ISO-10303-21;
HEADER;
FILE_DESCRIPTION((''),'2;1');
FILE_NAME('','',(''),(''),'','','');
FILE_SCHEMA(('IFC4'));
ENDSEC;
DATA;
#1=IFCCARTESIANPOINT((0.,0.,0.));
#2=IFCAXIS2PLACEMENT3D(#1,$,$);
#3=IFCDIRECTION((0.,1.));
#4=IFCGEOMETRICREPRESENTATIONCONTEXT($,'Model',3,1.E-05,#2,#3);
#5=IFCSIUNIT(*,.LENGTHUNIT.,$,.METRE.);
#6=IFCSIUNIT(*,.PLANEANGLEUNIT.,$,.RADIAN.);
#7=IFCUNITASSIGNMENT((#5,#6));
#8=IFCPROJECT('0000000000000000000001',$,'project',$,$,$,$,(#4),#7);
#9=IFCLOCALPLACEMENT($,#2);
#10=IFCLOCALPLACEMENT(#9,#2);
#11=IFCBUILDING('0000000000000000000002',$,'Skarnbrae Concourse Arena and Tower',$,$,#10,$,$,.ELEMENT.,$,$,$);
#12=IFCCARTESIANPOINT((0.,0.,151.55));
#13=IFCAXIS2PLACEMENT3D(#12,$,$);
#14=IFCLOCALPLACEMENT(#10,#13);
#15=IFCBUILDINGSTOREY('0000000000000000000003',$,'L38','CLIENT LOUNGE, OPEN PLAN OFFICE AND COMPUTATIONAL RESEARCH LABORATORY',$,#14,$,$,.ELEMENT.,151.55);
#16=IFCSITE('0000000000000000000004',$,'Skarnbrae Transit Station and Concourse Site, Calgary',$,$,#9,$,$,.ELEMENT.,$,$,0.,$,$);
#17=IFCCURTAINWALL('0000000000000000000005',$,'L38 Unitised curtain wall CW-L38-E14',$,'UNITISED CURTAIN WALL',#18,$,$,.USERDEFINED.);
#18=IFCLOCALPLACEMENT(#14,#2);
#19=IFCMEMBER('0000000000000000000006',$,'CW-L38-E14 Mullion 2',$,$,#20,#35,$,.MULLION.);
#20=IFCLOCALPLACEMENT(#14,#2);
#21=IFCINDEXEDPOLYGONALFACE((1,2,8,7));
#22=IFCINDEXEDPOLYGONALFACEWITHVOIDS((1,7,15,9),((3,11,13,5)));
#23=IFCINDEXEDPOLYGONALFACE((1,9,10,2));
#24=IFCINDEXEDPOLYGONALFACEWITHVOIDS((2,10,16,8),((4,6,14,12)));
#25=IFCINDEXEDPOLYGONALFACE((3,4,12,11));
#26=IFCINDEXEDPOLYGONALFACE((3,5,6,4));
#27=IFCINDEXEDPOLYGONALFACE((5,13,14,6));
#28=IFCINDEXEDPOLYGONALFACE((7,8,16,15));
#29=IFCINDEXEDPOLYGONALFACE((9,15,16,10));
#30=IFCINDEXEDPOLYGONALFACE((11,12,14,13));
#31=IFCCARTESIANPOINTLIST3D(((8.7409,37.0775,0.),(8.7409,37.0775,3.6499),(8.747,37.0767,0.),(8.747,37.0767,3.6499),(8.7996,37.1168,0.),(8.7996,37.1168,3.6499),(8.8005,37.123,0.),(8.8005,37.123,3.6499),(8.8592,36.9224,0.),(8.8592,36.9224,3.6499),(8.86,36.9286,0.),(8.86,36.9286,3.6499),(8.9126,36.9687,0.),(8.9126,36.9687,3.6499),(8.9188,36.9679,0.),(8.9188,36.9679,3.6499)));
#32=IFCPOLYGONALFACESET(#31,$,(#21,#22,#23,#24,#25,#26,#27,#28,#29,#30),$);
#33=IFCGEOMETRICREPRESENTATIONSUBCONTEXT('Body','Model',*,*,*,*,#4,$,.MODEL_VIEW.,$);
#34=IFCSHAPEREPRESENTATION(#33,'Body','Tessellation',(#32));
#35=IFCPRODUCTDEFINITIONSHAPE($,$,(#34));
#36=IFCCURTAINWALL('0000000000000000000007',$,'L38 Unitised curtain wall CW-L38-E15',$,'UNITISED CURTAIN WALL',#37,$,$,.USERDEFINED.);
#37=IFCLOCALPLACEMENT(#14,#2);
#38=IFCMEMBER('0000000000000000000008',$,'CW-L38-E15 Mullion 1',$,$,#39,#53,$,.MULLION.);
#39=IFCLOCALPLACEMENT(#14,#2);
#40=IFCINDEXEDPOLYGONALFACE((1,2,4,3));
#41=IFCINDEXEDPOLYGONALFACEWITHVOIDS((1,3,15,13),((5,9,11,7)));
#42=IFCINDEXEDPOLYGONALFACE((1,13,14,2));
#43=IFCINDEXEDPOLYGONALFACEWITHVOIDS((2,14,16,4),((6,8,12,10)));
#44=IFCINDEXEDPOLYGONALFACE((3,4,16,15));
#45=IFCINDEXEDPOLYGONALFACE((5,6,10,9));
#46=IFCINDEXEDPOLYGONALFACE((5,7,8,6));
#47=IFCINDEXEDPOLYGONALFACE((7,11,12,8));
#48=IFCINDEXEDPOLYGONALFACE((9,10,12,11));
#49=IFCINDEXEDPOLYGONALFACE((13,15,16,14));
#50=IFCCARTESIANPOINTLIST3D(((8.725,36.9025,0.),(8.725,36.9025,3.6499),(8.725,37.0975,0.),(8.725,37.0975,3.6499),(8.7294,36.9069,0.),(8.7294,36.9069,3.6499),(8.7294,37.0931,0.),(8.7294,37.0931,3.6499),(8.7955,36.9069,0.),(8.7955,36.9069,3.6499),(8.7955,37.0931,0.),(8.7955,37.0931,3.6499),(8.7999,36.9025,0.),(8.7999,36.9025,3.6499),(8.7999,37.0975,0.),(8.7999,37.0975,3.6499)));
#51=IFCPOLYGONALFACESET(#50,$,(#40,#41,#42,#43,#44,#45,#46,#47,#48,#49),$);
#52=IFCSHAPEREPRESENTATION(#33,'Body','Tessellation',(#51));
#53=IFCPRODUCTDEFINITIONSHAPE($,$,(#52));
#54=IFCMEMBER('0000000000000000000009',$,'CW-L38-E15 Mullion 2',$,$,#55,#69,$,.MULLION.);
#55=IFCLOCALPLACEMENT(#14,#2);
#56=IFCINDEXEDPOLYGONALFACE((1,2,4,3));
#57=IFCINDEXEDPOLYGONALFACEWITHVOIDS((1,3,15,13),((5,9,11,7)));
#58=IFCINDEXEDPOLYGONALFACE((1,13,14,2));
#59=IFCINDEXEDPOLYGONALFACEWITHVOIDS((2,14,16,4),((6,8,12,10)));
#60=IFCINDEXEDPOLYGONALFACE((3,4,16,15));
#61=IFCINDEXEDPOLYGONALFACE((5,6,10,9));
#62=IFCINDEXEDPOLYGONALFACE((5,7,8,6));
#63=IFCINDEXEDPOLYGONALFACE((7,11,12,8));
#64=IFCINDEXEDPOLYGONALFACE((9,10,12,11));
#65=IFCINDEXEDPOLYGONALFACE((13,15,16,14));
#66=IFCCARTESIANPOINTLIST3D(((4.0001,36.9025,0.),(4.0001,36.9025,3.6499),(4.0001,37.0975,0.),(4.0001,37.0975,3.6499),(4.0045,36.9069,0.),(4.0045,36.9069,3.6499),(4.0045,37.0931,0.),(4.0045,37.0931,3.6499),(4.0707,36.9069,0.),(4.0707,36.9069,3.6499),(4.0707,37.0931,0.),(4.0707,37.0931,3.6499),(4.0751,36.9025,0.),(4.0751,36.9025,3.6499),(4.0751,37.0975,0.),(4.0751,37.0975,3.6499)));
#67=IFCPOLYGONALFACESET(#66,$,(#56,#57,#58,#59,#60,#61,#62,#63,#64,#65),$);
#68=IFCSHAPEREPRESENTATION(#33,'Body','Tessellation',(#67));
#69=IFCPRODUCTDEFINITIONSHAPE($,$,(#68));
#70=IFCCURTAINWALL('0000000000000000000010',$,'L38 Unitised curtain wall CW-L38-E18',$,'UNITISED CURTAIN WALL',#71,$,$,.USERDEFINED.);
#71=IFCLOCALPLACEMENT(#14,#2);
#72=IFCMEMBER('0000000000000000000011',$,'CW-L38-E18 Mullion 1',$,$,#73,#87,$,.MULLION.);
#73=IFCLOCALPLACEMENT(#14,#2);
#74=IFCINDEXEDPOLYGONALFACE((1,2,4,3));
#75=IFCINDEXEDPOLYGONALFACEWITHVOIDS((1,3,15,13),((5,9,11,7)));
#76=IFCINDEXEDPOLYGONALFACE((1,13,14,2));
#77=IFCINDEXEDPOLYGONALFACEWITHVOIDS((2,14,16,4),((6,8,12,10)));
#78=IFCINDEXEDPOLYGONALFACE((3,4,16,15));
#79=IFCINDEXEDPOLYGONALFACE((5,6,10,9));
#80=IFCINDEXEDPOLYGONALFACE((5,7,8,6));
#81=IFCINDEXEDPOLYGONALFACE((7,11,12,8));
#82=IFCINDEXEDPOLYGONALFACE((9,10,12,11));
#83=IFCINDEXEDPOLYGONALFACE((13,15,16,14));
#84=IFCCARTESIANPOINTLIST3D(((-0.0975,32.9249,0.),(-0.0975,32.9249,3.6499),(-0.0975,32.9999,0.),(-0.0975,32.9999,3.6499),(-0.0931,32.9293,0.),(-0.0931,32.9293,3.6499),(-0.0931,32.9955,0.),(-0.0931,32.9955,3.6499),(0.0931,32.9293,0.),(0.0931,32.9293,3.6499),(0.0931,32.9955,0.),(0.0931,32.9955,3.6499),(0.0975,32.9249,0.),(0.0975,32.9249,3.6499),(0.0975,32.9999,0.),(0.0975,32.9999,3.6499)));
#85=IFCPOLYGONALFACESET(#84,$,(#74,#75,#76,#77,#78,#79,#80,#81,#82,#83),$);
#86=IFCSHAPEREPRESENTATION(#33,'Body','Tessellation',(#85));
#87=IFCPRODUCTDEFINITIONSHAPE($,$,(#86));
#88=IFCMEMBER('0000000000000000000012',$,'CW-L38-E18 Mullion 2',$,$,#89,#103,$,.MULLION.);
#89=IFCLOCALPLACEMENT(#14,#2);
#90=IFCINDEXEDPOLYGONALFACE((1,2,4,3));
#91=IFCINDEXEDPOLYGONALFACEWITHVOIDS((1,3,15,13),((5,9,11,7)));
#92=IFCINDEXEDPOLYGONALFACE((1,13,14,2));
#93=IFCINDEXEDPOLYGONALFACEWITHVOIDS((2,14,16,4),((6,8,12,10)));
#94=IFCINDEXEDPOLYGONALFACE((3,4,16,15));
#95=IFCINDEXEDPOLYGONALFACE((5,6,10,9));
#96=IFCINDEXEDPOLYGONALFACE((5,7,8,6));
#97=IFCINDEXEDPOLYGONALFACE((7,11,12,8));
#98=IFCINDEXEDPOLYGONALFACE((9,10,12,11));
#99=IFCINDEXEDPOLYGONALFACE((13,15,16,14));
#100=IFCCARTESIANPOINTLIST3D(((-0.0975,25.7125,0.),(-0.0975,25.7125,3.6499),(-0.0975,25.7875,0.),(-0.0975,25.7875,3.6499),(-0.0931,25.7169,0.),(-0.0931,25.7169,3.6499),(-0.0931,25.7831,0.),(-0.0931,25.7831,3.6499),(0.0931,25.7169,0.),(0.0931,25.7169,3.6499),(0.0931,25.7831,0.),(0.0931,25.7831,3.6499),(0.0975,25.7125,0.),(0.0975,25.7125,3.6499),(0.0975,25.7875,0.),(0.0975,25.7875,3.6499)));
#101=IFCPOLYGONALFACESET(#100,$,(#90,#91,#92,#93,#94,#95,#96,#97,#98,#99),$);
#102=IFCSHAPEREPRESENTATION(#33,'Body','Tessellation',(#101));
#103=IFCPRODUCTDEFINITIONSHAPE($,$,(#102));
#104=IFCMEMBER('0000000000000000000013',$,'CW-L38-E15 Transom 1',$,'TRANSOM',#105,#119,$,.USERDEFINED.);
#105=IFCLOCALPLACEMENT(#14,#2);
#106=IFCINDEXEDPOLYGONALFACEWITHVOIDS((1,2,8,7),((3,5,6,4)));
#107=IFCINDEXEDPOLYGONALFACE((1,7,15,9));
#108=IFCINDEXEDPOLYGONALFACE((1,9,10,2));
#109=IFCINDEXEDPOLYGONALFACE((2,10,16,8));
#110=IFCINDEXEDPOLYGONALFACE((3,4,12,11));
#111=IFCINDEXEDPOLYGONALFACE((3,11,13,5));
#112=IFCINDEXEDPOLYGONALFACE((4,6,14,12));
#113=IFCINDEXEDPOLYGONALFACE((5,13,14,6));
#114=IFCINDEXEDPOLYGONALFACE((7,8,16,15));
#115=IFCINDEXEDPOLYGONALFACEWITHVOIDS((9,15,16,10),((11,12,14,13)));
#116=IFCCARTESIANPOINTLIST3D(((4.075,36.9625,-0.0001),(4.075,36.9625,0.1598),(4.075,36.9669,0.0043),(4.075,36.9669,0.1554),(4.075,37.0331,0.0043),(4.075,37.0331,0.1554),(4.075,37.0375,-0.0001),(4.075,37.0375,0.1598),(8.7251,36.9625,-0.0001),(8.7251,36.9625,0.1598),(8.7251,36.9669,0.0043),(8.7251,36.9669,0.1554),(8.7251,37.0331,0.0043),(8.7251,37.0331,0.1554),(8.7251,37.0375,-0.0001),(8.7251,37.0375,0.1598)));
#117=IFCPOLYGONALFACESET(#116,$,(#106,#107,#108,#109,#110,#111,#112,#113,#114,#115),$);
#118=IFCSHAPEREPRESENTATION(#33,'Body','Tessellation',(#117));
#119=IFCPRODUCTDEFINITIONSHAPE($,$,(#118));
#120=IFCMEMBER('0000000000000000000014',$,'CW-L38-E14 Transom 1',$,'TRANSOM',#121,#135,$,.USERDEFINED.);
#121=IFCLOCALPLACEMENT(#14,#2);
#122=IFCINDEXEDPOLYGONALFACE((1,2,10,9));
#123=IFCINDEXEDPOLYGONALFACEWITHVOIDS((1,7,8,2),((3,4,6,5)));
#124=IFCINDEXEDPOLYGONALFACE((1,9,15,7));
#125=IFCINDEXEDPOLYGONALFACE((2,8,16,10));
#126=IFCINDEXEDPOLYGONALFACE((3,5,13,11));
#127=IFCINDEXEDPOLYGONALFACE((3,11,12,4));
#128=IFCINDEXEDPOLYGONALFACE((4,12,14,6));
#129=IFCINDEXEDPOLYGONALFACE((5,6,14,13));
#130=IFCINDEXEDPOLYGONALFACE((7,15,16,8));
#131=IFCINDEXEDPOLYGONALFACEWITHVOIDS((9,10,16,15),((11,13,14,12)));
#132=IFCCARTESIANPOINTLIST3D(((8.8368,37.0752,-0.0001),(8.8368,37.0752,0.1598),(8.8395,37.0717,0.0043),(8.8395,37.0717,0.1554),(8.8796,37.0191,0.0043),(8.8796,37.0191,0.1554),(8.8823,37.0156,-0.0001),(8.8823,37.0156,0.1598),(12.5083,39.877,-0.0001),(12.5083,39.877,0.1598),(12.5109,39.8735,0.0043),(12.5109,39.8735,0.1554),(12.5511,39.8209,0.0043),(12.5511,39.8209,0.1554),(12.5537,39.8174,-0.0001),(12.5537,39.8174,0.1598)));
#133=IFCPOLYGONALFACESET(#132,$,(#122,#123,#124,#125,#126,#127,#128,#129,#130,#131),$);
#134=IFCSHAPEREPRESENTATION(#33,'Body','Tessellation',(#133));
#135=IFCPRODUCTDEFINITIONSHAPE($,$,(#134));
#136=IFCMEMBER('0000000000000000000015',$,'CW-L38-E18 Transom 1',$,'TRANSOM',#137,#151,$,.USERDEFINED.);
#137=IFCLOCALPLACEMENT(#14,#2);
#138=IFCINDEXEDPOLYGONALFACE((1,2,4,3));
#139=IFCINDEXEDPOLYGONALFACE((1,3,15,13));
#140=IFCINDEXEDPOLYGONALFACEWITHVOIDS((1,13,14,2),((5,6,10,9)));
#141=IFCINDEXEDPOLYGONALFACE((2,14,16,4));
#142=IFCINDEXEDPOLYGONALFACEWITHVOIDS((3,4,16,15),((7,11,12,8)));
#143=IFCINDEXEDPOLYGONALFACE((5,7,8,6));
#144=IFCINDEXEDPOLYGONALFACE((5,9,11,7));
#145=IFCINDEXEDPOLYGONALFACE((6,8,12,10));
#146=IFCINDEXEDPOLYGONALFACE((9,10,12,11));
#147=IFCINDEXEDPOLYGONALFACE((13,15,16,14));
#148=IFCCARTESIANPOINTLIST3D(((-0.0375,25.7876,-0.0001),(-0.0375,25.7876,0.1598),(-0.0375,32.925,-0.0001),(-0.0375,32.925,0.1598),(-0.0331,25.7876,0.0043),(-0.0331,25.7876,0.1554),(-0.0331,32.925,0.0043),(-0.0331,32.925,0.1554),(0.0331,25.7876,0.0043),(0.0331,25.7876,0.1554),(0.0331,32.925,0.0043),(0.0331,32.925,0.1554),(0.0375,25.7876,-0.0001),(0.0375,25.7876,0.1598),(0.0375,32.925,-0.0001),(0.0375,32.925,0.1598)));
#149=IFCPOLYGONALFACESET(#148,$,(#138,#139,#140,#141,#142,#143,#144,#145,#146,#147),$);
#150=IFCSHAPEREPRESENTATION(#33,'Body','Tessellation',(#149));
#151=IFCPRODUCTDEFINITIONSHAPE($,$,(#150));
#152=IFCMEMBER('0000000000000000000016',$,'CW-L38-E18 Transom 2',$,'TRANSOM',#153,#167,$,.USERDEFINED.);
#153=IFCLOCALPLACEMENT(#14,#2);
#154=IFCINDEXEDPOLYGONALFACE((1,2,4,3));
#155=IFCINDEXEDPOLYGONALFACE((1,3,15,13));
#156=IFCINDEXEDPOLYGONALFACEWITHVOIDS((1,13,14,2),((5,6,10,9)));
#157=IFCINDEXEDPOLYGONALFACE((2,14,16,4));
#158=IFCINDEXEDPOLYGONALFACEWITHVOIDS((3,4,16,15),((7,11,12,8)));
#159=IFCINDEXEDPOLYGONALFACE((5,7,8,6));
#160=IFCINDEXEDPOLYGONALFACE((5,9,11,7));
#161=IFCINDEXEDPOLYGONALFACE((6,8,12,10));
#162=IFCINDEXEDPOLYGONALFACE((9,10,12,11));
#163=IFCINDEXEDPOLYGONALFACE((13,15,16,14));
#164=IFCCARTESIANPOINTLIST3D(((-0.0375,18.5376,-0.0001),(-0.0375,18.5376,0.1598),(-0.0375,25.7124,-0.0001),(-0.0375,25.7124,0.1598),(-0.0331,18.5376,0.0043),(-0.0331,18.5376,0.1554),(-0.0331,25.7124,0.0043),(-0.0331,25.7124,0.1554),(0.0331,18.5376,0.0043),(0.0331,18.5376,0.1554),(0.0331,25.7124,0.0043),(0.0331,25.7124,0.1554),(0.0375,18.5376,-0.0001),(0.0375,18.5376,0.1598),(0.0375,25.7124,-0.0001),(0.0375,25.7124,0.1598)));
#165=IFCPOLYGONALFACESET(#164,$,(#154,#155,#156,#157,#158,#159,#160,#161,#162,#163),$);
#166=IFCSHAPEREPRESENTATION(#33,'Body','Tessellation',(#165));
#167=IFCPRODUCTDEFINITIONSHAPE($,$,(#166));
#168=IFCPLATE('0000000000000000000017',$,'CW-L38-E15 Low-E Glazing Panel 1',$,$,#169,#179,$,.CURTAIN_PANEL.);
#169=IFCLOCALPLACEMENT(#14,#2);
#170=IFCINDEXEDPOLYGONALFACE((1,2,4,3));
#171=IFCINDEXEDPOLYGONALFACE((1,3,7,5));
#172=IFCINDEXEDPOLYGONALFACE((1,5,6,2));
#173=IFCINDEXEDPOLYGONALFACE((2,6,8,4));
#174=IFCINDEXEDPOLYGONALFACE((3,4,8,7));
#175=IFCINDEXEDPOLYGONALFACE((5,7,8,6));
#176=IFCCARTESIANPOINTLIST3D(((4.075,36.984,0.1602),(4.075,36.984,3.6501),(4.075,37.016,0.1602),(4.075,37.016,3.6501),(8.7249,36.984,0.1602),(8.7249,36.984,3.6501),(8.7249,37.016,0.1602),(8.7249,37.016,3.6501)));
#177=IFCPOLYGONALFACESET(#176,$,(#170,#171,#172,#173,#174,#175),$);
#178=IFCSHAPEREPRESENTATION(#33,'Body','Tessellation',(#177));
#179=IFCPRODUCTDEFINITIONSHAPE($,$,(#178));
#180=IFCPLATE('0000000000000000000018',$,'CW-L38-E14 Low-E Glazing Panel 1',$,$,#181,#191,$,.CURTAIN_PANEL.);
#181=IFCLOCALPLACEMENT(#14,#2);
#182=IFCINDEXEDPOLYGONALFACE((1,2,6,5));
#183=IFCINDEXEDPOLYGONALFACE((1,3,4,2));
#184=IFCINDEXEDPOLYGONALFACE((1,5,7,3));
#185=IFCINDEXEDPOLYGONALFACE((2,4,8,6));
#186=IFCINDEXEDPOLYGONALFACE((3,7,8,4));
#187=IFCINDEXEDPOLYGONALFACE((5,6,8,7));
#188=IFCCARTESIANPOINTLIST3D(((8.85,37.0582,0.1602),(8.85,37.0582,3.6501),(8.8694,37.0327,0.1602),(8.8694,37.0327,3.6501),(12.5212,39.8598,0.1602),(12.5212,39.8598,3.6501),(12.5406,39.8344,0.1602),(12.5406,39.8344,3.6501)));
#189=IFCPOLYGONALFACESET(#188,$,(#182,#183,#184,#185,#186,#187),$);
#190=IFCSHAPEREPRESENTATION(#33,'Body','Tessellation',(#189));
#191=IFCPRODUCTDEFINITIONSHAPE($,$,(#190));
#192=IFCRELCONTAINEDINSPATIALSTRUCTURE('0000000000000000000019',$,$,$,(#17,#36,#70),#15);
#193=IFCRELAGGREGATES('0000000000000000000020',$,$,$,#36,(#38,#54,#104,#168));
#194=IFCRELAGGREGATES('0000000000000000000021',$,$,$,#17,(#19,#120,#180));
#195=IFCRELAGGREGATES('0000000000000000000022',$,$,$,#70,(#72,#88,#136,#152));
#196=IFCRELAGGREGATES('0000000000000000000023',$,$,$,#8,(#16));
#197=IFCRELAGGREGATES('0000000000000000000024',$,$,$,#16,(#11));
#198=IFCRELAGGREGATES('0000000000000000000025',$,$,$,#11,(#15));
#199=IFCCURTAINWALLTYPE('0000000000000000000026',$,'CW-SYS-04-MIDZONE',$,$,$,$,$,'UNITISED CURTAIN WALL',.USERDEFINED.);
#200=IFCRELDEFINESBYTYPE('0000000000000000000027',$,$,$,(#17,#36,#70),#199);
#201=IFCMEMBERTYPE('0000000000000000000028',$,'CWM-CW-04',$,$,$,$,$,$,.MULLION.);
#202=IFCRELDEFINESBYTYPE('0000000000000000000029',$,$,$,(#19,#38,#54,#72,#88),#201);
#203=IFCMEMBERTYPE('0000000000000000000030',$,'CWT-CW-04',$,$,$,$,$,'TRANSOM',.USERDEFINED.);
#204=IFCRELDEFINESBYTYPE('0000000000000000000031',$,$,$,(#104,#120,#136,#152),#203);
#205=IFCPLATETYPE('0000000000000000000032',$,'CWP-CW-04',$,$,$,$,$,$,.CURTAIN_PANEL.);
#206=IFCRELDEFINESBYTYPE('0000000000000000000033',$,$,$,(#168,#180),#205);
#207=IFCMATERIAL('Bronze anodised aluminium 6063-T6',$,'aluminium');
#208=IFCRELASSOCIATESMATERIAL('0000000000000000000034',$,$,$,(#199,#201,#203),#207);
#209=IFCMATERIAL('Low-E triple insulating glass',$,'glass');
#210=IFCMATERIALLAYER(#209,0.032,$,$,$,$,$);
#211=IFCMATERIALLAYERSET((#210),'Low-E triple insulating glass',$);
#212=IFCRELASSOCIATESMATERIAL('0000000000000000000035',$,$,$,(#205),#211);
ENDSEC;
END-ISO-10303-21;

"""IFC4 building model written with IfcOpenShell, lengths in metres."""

from ifc_helpers import new_model, si_unit, direction, frame, origin, origin_2d, place, context, subcontext, project, spatial, rectangle, hollow_rectangle, extrude, source, transform, mapped, material, layer, layer_set, material_profile, profile_set, type_object, element, aggregate, save


model = new_model("IFC4")

# Units and contexts
model_context = context("Model", 3, precision=1e-05, world=origin(), true_north=direction((0.0, 1.0)))
body_context = subcontext(model_context, "Body", "Model", "MODEL_VIEW")
ifc_project = project(units=[si_unit("LENGTHUNIT", "METRE"), si_unit("PLANEANGLEUNIT", "RADIAN")], contexts=[model_context])

# Site, building, storey
site_placement = place(None, origin())
site = spatial("IfcSite", under=ifc_project, at=site_placement, Name="Skarnbrae Transit Station and Concourse Site, Calgary", CompositionType="ELEMENT", RefElevation=0.0)
building_placement = place(site_placement, origin())
building = spatial("IfcBuilding", under=site, at=building_placement, Name="Skarnbrae Concourse Arena and Tower", CompositionType="ELEMENT")
storey_placement = place(building_placement, frame((0.0, 0.0, 151.55)))
storey = spatial("IfcBuildingStorey", under=building, at=storey_placement, Name="L38", Description="CLIENT LOUNGE, OPEN PLAN OFFICE AND COMPUTATIONAL RESEARCH LABORATORY", CompositionType="ELEMENT", Elevation=151.55)

# Curtain wall, member
ifc_material_1 = material(Name="Bronze anodised aluminium 6063-T6", Category="aluminium")
curtain_wall_type = type_object("IfcCurtainWallType", Name="CW-SYS-04-MIDZONE", ElementType="UNITISED CURTAIN WALL", PredefinedType="USERDEFINED", material=ifc_material_1)
curtain_wall_1_placement = place(storey_placement, origin())
curtain_wall_1 = element("IfcCurtainWall", 1, at=curtain_wall_1_placement, inside=storey, type_object=curtain_wall_type, Name="L38 Unitised curtain wall CW-L38-E14", ObjectType="UNITISED CURTAIN WALL", PredefinedType="USERDEFINED")
ifc_material_profile_1 = material_profile(ifc_material_1, hollow_rectangle(XDim=0.075, YDim=0.1951, WallThickness=0.0044, at=origin_2d()), Name="ALU-MULL-75X195")
ifc_profile_set_1 = profile_set([ifc_material_profile_1], Name="Bronze anodised aluminium 6063-T6")
member_type_1 = type_object("IfcMemberType", Name="CWM-CW-04", PredefinedType="MULLION", material=ifc_profile_set_1)
shared_shape_1 = source(origin(), body_context, "Body", "SweptSolid", [
    extrude(hollow_rectangle(XDim=0.075, YDim=0.1951, WallThickness=0.0044, at=origin_2d()), origin(), (0.0, 0.0, 1.0), 3.6499),
])
member_1_placement = place(storey_placement, frame((8.8298, 37.0227, 0.0), z_axis=(0.0, 0.0, 1.0), x_axis=(-0.794956, -0.606667, 0.0)))
member_1 = element("IfcMember", 2, at=member_1_placement, type_object=member_type_1, Name="CW-L38-E14 Mullion 2", PredefinedType="MULLION", context=body_context, shape_type="MappedRepresentation", body=[
    mapped(shared_shape_1, transform((0.0, 0.0, 0.0))),
])

# Curtain walls, members
curtain_wall_2_placement = place(storey_placement, origin())
curtain_wall_2 = element("IfcCurtainWall", 3, at=curtain_wall_2_placement, inside=storey, type_object=curtain_wall_type, Name="L38 Unitised curtain wall CW-L38-E15", ObjectType="UNITISED CURTAIN WALL", PredefinedType="USERDEFINED")
member_2_placement = place(storey_placement, frame((8.7625, 37.0, 0.0), z_axis=(0.0, 0.0, 1.0), x_axis=(-1.0, 0.0, 0.0)))
member_2 = element("IfcMember", 4, at=member_2_placement, type_object=member_type_1, Name="CW-L38-E15 Mullion 1", PredefinedType="MULLION", context=body_context, shape_type="MappedRepresentation", body=[
    mapped(shared_shape_1, transform((0.0, 0.0, 0.0))),
])
member_3_placement = place(storey_placement, frame((4.0376, 37.0, 0.0), z_axis=(0.0, 0.0, 1.0), x_axis=(-1.0, 0.0, 0.0)))
member_3 = element("IfcMember", 5, at=member_3_placement, type_object=member_type_1, Name="CW-L38-E15 Mullion 2", PredefinedType="MULLION", context=body_context, shape_type="MappedRepresentation", body=[
    mapped(shared_shape_1, transform((0.0, 0.0, 0.0))),
])
curtain_wall_3_placement = place(storey_placement, origin())
curtain_wall_3 = element("IfcCurtainWall", 6, at=curtain_wall_3_placement, inside=storey, type_object=curtain_wall_type, Name="L38 Unitised curtain wall CW-L38-E18", ObjectType="UNITISED CURTAIN WALL", PredefinedType="USERDEFINED")
member_4_placement = place(storey_placement, frame((0.0, 32.9624, 0.0), z_axis=(0.0, 0.0, 1.0), x_axis=(0.0, -1.0, 0.0)))
member_4 = element("IfcMember", 7, at=member_4_placement, type_object=member_type_1, Name="CW-L38-E18 Mullion 1", PredefinedType="MULLION", context=body_context, shape_type="MappedRepresentation", body=[
    mapped(shared_shape_1, transform((0.0, 0.0, 0.0))),
])
member_5_placement = place(storey_placement, frame((0.0, 25.75, 0.0), z_axis=(0.0, 0.0, 1.0), x_axis=(0.0, -1.0, 0.0)))
member_5 = element("IfcMember", 8, at=member_5_placement, type_object=member_type_1, Name="CW-L38-E18 Mullion 2", PredefinedType="MULLION", context=body_context, shape_type="MappedRepresentation", body=[
    mapped(shared_shape_1, transform((0.0, 0.0, 0.0))),
])

# Members
ifc_material_profile_2 = material_profile(ifc_material_1, hollow_rectangle(XDim=0.075, YDim=0.1599, WallThickness=0.0044, at=origin_2d()), Name="ALU-TRAN-75X160")
ifc_profile_set_2 = profile_set([ifc_material_profile_2], Name="Bronze anodised aluminium 6063-T6")
member_type_2 = type_object("IfcMemberType", Name="CWT-CW-04", ElementType="TRANSOM", PredefinedType="USERDEFINED", material=ifc_profile_set_2)
shared_shape_2 = source(origin(), body_context, "Body", "SweptSolid", [
    extrude(hollow_rectangle(XDim=0.075, YDim=0.1599, WallThickness=0.0044, at=origin_2d()), origin(), (0.0, 0.0, 1.0), 4.6501),
])
member_6_placement = place(storey_placement, frame((8.7251, 37.0, 0.0798), z_axis=(-1.0, 0.0, 0.0), x_axis=(0.0, -1.0, 0.0)))
member_6 = element("IfcMember", 9, at=member_6_placement, type_object=member_type_2, Name="CW-L38-E15 Transom 1", ObjectType="TRANSOM", PredefinedType="USERDEFINED", context=body_context, shape_type="MappedRepresentation", body=[
    mapped(shared_shape_2, transform((0.0, 0.0, 0.0))),
])
shared_shape_3 = source(origin(), body_context, "Body", "SweptSolid", [
    extrude(hollow_rectangle(XDim=0.075, YDim=0.1599, WallThickness=0.0044, at=origin_2d()), origin(), (0.0, 0.0, 1.0), 4.6184),
])
member_7_placement = place(storey_placement, frame((12.531, 39.8472, 0.0798), z_axis=(-0.794961, -0.606661, 0.0), x_axis=(0.606661, -0.794961, 0.0)))
member_7 = element("IfcMember", 10, at=member_7_placement, type_object=member_type_2, Name="CW-L38-E14 Transom 1", ObjectType="TRANSOM", PredefinedType="USERDEFINED", context=body_context, shape_type="MappedRepresentation", body=[
    mapped(shared_shape_3, transform((0.0, 0.0, 0.0))),
])
shared_shape_4 = source(origin(), body_context, "Body", "SweptSolid", [
    extrude(hollow_rectangle(XDim=0.075, YDim=0.1599, WallThickness=0.0044, at=origin_2d()), origin(), (0.0, 0.0, 1.0), 7.1375),
])
member_8_placement = place(storey_placement, frame((0.0, 32.925, 0.0798), z_axis=(0.0, -1.0, 0.0), x_axis=(1.0, 0.0, 0.0)))
member_8 = element("IfcMember", 11, at=member_8_placement, type_object=member_type_2, Name="CW-L38-E18 Transom 1", ObjectType="TRANSOM", PredefinedType="USERDEFINED", context=body_context, shape_type="MappedRepresentation", body=[
    mapped(shared_shape_4, transform((0.0, 0.0, 0.0))),
])
shared_shape_5 = source(origin(), body_context, "Body", "SweptSolid", [
    extrude(hollow_rectangle(XDim=0.075, YDim=0.1599, WallThickness=0.0044, at=origin_2d()), origin(), (0.0, 0.0, 1.0), 7.1748),
])
member_9_placement = place(storey_placement, frame((0.0, 25.7124, 0.0798), z_axis=(0.0, -1.0, 0.0), x_axis=(1.0, 0.0, 0.0)))
member_9 = element("IfcMember", 12, at=member_9_placement, type_object=member_type_2, Name="CW-L38-E18 Transom 2", ObjectType="TRANSOM", PredefinedType="USERDEFINED", context=body_context, shape_type="MappedRepresentation", body=[
    mapped(shared_shape_5, transform((0.0, 0.0, 0.0))),
])

# Plates
ifc_material_2 = material(Name="Low-E triple insulating glass", Category="glass")
ifc_layer_1 = layer(ifc_material_2, 0.032)
ifc_layer_set_1 = layer_set([ifc_layer_1], Name="Low-E triple insulating glass")
plate_type = type_object("IfcPlateType", Name="CWP-CW-04", PredefinedType="CURTAIN_PANEL", material=ifc_layer_set_1)
shared_shape_6 = source(origin(), body_context, "Body", "SweptSolid", [
    extrude(rectangle(XDim=4.6499, YDim=0.032, at=origin_2d()), origin(), (0.0, 0.0, 1.0), 3.49),
])
plate_1_placement = place(storey_placement, frame((6.3999, 37.0, 0.1602), z_axis=(0.0, 0.0, 1.0), x_axis=(-1.0, 0.0, 0.0)))
plate_1 = element("IfcPlate", 13, at=plate_1_placement, type_object=plate_type, Name="CW-L38-E15 Low-E Glazing Panel 1", PredefinedType="CURTAIN_PANEL", context=body_context, shape_type="MappedRepresentation", body=[
    mapped(shared_shape_6, transform((0.0, 0.0, 0.0))),
])
aggregate(curtain_wall_2, [member_2, member_3, member_6, plate_1])
shared_shape_7 = source(origin(), body_context, "Body", "SweptSolid", [
    extrude(rectangle(XDim=4.6182, YDim=0.032, at=origin_2d()), origin(), (0.0, 0.0, 1.0), 3.49),
])
plate_2_placement = place(storey_placement, frame((10.6953, 38.4463, 0.1602), z_axis=(0.0, 0.0, 1.0), x_axis=(-0.794956, -0.606667, 0.0)))
plate_2 = element("IfcPlate", 14, at=plate_2_placement, type_object=plate_type, Name="CW-L38-E14 Low-E Glazing Panel 1", PredefinedType="CURTAIN_PANEL", context=body_context, shape_type="MappedRepresentation", body=[
    mapped(shared_shape_7, transform((0.0, 0.0, 0.0))),
])
aggregate(curtain_wall_1, [member_1, member_7, plate_2])
aggregate(curtain_wall_3, [member_4, member_5, member_8, member_9])

save(model, "model.ifc")
